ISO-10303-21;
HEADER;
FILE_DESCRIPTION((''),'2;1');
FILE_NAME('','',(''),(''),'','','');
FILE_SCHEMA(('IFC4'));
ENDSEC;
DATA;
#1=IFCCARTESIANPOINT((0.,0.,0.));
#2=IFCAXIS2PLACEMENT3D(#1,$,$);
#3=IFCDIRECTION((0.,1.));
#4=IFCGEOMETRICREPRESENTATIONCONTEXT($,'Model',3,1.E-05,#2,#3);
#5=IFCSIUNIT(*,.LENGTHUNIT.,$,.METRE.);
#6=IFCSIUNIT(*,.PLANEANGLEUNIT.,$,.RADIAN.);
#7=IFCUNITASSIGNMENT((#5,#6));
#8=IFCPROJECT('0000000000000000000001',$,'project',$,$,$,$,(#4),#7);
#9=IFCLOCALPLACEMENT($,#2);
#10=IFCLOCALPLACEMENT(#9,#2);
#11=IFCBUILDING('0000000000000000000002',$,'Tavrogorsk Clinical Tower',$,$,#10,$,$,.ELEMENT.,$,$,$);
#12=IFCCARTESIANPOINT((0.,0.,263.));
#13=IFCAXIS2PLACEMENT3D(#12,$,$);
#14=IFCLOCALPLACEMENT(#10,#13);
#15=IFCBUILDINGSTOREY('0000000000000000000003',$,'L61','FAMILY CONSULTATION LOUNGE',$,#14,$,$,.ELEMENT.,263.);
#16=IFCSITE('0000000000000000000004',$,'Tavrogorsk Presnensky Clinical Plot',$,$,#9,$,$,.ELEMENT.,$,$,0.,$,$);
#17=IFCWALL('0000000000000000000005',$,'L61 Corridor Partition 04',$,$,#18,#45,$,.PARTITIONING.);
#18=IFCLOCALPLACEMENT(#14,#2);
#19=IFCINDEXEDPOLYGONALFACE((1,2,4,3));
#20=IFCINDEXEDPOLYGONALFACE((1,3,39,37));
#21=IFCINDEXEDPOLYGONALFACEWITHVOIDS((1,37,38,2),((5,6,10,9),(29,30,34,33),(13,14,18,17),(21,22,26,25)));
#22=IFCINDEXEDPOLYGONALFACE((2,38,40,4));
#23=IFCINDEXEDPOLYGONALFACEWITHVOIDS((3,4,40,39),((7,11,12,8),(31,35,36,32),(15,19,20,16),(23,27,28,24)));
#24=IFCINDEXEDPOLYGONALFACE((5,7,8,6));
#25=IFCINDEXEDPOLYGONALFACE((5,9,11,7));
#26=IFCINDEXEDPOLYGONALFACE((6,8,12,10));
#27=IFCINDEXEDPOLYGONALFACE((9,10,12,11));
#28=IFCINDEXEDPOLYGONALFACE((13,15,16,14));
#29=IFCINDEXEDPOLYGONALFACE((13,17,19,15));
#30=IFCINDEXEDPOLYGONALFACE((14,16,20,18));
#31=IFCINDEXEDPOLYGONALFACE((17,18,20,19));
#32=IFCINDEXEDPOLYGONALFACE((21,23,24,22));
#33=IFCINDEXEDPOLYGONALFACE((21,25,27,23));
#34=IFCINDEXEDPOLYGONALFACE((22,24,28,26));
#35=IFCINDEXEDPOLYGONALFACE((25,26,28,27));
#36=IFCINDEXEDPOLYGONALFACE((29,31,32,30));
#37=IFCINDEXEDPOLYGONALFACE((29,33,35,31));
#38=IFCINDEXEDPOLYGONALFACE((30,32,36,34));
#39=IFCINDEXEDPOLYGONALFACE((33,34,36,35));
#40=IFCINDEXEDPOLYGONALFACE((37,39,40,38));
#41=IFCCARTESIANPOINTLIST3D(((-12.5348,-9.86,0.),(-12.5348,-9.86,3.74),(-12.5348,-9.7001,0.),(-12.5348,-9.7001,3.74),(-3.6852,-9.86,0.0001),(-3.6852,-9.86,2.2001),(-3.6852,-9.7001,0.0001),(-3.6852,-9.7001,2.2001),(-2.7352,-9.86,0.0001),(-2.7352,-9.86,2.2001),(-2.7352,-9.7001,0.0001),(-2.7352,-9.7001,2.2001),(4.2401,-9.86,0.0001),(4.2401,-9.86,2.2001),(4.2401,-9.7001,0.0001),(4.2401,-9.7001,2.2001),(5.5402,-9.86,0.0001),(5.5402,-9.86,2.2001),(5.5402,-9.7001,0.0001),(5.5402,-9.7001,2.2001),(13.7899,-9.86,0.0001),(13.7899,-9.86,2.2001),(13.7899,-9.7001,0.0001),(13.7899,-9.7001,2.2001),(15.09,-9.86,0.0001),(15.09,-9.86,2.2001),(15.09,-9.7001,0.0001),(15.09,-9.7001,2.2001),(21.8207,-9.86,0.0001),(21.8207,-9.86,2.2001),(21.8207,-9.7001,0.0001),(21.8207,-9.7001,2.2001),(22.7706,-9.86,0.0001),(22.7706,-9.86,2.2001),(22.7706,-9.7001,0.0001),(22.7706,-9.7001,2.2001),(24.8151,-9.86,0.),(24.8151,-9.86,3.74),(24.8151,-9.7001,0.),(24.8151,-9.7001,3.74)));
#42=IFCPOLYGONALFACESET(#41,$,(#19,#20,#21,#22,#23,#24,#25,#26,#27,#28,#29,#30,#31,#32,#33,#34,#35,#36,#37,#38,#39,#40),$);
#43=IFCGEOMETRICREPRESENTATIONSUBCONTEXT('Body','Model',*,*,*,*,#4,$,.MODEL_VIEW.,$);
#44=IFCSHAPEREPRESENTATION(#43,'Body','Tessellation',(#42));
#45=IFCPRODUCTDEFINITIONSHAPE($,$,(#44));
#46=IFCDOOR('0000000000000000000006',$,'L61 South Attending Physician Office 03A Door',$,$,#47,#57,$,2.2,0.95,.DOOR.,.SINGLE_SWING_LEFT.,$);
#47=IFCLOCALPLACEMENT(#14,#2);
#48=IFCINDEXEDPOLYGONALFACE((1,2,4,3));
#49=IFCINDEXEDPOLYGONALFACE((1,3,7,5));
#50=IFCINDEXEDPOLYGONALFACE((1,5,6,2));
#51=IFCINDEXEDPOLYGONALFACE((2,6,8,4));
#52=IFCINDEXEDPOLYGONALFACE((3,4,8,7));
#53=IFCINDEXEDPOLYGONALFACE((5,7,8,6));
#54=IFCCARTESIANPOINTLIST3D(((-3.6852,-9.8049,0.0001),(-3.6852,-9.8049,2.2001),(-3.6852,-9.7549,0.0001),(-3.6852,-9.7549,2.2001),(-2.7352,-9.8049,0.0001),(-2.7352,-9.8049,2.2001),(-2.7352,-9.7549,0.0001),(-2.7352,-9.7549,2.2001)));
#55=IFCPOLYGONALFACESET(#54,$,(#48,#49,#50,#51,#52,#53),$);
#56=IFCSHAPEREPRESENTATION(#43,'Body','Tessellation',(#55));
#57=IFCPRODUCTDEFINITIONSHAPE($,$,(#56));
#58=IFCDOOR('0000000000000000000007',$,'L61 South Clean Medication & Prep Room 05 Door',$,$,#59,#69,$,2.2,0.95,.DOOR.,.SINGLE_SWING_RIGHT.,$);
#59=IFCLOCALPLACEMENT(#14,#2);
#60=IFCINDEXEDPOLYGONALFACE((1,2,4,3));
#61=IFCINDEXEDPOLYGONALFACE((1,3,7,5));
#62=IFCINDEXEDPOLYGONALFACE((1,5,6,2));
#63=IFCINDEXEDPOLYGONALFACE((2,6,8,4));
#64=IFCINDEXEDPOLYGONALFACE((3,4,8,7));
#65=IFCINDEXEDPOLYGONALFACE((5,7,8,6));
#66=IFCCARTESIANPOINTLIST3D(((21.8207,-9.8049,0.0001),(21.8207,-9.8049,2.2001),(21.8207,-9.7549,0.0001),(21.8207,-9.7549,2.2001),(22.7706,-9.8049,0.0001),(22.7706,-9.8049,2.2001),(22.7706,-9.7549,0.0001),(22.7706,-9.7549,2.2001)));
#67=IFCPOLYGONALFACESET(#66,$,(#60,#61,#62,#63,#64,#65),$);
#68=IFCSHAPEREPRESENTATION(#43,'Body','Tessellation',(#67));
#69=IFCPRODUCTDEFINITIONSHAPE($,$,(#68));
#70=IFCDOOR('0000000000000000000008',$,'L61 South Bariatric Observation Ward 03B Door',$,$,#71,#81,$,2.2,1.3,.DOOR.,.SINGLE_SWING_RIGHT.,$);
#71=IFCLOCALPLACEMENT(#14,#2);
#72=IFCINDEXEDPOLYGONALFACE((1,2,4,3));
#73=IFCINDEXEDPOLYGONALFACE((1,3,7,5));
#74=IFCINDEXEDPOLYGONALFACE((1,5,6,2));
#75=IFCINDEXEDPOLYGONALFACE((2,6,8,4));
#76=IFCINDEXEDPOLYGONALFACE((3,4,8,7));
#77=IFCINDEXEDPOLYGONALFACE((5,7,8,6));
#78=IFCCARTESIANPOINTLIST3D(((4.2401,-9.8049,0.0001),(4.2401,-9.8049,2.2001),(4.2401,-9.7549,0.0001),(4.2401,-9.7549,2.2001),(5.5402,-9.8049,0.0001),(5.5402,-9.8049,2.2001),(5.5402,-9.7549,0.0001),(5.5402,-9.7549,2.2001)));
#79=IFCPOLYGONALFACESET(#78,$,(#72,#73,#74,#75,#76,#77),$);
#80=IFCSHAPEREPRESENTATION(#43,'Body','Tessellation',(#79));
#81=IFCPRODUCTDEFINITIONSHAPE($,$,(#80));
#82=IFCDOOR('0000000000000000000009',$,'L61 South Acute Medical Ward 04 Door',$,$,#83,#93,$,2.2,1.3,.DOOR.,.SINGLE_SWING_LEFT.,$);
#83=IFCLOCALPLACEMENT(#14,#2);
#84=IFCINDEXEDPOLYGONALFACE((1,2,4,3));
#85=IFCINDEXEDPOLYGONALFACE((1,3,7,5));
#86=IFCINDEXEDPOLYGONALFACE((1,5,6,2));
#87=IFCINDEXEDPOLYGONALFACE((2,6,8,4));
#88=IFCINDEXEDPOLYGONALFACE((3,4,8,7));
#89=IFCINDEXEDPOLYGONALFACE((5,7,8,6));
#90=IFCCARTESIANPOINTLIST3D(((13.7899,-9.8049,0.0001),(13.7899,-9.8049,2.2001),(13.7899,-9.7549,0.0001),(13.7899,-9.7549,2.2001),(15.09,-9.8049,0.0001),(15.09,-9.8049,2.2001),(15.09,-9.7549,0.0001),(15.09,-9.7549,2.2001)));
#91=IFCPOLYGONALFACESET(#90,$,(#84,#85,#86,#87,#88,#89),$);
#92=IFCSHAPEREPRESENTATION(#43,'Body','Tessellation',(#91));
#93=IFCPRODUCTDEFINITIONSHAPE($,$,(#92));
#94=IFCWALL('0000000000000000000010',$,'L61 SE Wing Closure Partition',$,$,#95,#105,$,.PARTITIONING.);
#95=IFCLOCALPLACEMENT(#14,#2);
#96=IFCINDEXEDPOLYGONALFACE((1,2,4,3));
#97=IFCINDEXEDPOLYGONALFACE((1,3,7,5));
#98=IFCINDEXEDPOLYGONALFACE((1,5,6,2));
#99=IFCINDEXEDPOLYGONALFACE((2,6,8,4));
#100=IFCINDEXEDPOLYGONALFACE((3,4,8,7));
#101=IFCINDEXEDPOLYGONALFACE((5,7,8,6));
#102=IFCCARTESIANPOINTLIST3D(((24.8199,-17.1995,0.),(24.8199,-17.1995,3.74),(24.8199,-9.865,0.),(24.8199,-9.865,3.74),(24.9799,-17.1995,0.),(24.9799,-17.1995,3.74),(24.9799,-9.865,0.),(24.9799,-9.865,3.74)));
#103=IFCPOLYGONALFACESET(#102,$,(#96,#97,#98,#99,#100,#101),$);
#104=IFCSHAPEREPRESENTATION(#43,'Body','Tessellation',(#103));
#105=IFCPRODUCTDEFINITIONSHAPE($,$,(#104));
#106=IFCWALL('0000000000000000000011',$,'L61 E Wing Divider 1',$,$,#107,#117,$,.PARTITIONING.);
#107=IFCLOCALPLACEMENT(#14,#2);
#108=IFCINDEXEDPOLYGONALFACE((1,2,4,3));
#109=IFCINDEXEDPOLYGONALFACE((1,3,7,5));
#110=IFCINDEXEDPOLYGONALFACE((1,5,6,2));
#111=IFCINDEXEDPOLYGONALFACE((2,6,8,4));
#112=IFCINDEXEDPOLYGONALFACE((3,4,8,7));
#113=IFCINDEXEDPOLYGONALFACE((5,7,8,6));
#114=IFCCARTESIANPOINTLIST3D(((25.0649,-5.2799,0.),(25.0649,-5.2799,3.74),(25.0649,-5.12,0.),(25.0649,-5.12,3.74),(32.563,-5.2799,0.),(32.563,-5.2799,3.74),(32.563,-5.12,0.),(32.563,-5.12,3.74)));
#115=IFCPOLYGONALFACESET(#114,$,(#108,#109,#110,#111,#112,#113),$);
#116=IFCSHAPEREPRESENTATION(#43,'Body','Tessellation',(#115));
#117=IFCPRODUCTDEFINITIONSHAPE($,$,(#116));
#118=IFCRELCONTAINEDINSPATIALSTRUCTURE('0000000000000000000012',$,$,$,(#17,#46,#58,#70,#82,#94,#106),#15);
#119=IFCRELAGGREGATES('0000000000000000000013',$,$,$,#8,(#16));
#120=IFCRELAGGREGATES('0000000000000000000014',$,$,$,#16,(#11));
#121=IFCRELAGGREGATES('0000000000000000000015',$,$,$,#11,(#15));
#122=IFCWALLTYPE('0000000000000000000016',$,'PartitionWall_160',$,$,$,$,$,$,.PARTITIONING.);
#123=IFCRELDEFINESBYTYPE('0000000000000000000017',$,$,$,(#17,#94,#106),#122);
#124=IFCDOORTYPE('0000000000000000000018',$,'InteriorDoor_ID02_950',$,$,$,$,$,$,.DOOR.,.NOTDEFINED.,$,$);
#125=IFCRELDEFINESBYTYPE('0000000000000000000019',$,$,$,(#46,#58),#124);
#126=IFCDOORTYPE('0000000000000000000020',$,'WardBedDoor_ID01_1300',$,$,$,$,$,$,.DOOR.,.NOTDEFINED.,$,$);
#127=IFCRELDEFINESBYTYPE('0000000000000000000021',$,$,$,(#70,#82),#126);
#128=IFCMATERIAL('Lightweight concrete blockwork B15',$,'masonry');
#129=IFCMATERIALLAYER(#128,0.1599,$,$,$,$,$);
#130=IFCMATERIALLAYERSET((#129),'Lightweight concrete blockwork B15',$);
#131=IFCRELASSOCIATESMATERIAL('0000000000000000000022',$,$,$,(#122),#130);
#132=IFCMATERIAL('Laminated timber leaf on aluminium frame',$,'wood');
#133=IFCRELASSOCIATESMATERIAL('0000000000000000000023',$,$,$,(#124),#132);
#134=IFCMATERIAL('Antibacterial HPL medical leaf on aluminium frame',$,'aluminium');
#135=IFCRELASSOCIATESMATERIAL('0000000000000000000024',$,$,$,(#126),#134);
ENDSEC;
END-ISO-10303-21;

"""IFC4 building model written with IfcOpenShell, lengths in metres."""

from ifc_helpers import new_model, si_unit, direction, frame, frame_2d, origin, place, context, subcontext, project, spatial, rectangle, extrude, material, layer, layer_set, type_object, element, fill, save


model = new_model("IFC4")

# Units and contexts
model_context = context("Model", 3, precision=1e-05, world=origin(), true_north=direction((0.0, 1.0)))
body_context = subcontext(model_context, "Body", "Model", "MODEL_VIEW")
ifc_project = project(units=[si_unit("LENGTHUNIT", "METRE"), si_unit("PLANEANGLEUNIT", "RADIAN")], contexts=[model_context])

# Site, building, storey
site_placement = place(None, origin())
site = spatial("IfcSite", under=ifc_project, at=site_placement, Name="Tavrogorsk Presnensky Clinical Plot", CompositionType="ELEMENT", RefElevation=0.0)
building_placement = place(site_placement, origin())
building = spatial("IfcBuilding", under=site, at=building_placement, Name="Tavrogorsk Clinical Tower", CompositionType="ELEMENT")
storey_placement = place(building_placement, frame((0.0, 0.0, 263.0)))
storey = spatial("IfcBuildingStorey", under=building, at=storey_placement, Name="L61", Description="FAMILY CONSULTATION LOUNGE", CompositionType="ELEMENT", Elevation=263.0)

# Shared definitions
ifc_material_1 = material(Name="Lightweight concrete blockwork B15", Category="masonry")
ifc_layer_1 = layer(ifc_material_1, 0.1599)
ifc_layer_set_1 = layer_set([ifc_layer_1], Name="Lightweight concrete blockwork B15")
wall_type_1 = type_object("IfcWallType", Name="PartitionWall_160", PredefinedType="PARTITIONING", material=ifc_layer_set_1)

# Wall, openings, doors
wall_1_placement = place(storey_placement, frame((24.8149, -9.78, 0.0), z_axis=(0.0, 0.0, 1.0), x_axis=(-1.0, 0.0, 0.0)))
wall_1 = element("IfcWall", 1, at=wall_1_placement, inside=storey, type_object=wall_type_1, Name="L61 Corridor Partition 04", PredefinedType="PARTITIONING", context=body_context, shape_type="SweptSolid", body=[
    extrude(rectangle(XDim=37.3499, YDim=0.1599, at=frame_2d((18.6748, 0.0))), origin(), (0.0, 0.0, 1.0), 3.74),
])
opening_1_placement = place(wall_1_placement, frame((27.55, 0.0, 0.0)))
opening_1 = element("IfcOpeningElement", 2, at=opening_1_placement, cuts=wall_1, PredefinedType="OPENING", context=body_context, shape_type="SweptSolid", body=[
    extrude(rectangle(XDim=0.95, YDim=2.2, at=frame_2d((0.4751, 1.1001))), frame((0.0, 0.0898, 0.0), z_axis=(0.0, -1.0, 0.0), x_axis=(1.0, 0.0, 0.0)), (0.0, 0.0, 1.0), 0.1799),
])
opening_2_placement = place(wall_1_placement, frame((19.2749, 0.0, 0.0)))
opening_2 = element("IfcOpeningElement", 3, at=opening_2_placement, cuts=wall_1, PredefinedType="OPENING", context=body_context, shape_type="SweptSolid", body=[
    extrude(rectangle(XDim=1.3, YDim=2.2, at=frame_2d((0.6499, 1.1001))), frame((0.0, 0.0898, 0.0), z_axis=(0.0, -1.0, 0.0), x_axis=(1.0, 0.0, 0.0)), (0.0, 0.0, 1.0), 0.1799),
])
opening_3_placement = place(wall_1_placement, frame((9.7251, 0.0, 0.0)))
opening_3 = element("IfcOpeningElement", 4, at=opening_3_placement, cuts=wall_1, PredefinedType="OPENING", context=body_context, shape_type="SweptSolid", body=[
    extrude(rectangle(XDim=1.3, YDim=2.2, at=frame_2d((0.6499, 1.1001))), frame((0.0, 0.0898, 0.0), z_axis=(0.0, -1.0, 0.0), x_axis=(1.0, 0.0, 0.0)), (0.0, 0.0, 1.0), 0.1799),
])
opening_4_placement = place(wall_1_placement, frame((2.0442, 0.0, 0.0)))
opening_4 = element("IfcOpeningElement", 5, at=opening_4_placement, cuts=wall_1, PredefinedType="OPENING", context=body_context, shape_type="SweptSolid", body=[
    extrude(rectangle(XDim=0.95, YDim=2.2, at=frame_2d((0.4751, 1.1001))), frame((0.0, 0.0898, 0.0), z_axis=(0.0, -1.0, 0.0), x_axis=(1.0, 0.0, 0.0)), (0.0, 0.0, 1.0), 0.1799),
])
ifc_material_2 = material(Name="Laminated timber leaf on aluminium frame", Category="wood")
door_type_1 = type_object("IfcDoorType", Name="InteriorDoor_ID02_950", OperationType="NOTDEFINED", PredefinedType="DOOR", material=ifc_material_2)
door_1_placement = place(opening_1_placement, origin())
door_1 = element("IfcDoor", 6, at=door_1_placement, inside=storey, type_object=door_type_1, Name="L61 South Attending Physician Office 03A Door", OperationType="SINGLE_SWING_LEFT", OverallHeight=2.2, OverallWidth=0.95, PredefinedType="DOOR", context=body_context, shape_type="SweptSolid", body=[
    extrude(rectangle(XDim=0.95, YDim=2.2, at=frame_2d((0.4751, 1.1001))), frame((0.0, 0.0249, 0.0), z_axis=(0.0, -1.0, 0.0), x_axis=(1.0, 0.0, 0.0)), (0.0, 0.0, 1.0), 0.05),
])
fill(opening_1, door_1)
door_2_placement = place(opening_4_placement, origin())
door_2 = element("IfcDoor", 7, at=door_2_placement, inside=storey, type_object=door_type_1, Name="L61 South Clean Medication & Prep Room 05 Door", OperationType="SINGLE_SWING_RIGHT", OverallHeight=2.2, OverallWidth=0.95, PredefinedType="DOOR", context=body_context, shape_type="SweptSolid", body=[
    extrude(rectangle(XDim=0.95, YDim=2.2, at=frame_2d((0.4751, 1.1001))), frame((0.0, 0.0249, 0.0), z_axis=(0.0, -1.0, 0.0), x_axis=(1.0, 0.0, 0.0)), (0.0, 0.0, 1.0), 0.05),
])
fill(opening_4, door_2)
ifc_material_3 = material(Name="Antibacterial HPL medical leaf on aluminium frame", Category="aluminium")
door_type_2 = type_object("IfcDoorType", Name="WardBedDoor_ID01_1300", OperationType="NOTDEFINED", PredefinedType="DOOR", material=ifc_material_3)
door_3_placement = place(opening_2_placement, origin())
door_3 = element("IfcDoor", 8, at=door_3_placement, inside=storey, type_object=door_type_2, Name="L61 South Bariatric Observation Ward 03B Door", OperationType="SINGLE_SWING_RIGHT", OverallHeight=2.2, OverallWidth=1.3, PredefinedType="DOOR", context=body_context, shape_type="SweptSolid", body=[
    extrude(rectangle(XDim=1.3, YDim=2.2, at=frame_2d((0.6499, 1.1001))), frame((0.0, 0.0249, 0.0), z_axis=(0.0, -1.0, 0.0), x_axis=(1.0, 0.0, 0.0)), (0.0, 0.0, 1.0), 0.05),
])
fill(opening_2, door_3)
door_4_placement = place(opening_3_placement, origin())
door_4 = element("IfcDoor", 9, at=door_4_placement, inside=storey, type_object=door_type_2, Name="L61 South Acute Medical Ward 04 Door", OperationType="SINGLE_SWING_LEFT", OverallHeight=2.2, OverallWidth=1.3, PredefinedType="DOOR", context=body_context, shape_type="SweptSolid", body=[
    extrude(rectangle(XDim=1.3, YDim=2.2, at=frame_2d((0.6499, 1.1001))), frame((0.0, 0.0249, 0.0), z_axis=(0.0, -1.0, 0.0), x_axis=(1.0, 0.0, 0.0)), (0.0, 0.0, 1.0), 0.05),
])
fill(opening_3, door_4)

# Walls
wall_2_placement = place(storey_placement, frame((24.8999, -17.1995, 0.0), z_axis=(0.0, 0.0, 1.0), x_axis=(0.0, 1.0, 0.0)))
element("IfcWall", 10, at=wall_2_placement, inside=storey, type_object=wall_type_1, Name="L61 SE Wing Closure Partition", PredefinedType="PARTITIONING", context=body_context, shape_type="SweptSolid", body=[
    extrude(rectangle(XDim=7.3345, YDim=0.1599, at=frame_2d((3.6672, 0.0))), origin(), (0.0, 0.0, 1.0), 3.74),
])
wall_3_placement = place(storey_placement, frame((25.0649, -5.2, 0.0), z_axis=(0.0, 0.0, 1.0), x_axis=(1.0, 0.0, 0.0)))
element("IfcWall", 11, at=wall_3_placement, inside=storey, type_object=wall_type_1, Name="L61 E Wing Divider 1", PredefinedType="PARTITIONING", context=body_context, shape_type="SweptSolid", body=[
    extrude(rectangle(XDim=7.498, YDim=0.1599, at=frame_2d((3.749, 0.0))), origin(), (0.0, 0.0, 1.0), 3.74),
])

save(model, "model.ifc")
